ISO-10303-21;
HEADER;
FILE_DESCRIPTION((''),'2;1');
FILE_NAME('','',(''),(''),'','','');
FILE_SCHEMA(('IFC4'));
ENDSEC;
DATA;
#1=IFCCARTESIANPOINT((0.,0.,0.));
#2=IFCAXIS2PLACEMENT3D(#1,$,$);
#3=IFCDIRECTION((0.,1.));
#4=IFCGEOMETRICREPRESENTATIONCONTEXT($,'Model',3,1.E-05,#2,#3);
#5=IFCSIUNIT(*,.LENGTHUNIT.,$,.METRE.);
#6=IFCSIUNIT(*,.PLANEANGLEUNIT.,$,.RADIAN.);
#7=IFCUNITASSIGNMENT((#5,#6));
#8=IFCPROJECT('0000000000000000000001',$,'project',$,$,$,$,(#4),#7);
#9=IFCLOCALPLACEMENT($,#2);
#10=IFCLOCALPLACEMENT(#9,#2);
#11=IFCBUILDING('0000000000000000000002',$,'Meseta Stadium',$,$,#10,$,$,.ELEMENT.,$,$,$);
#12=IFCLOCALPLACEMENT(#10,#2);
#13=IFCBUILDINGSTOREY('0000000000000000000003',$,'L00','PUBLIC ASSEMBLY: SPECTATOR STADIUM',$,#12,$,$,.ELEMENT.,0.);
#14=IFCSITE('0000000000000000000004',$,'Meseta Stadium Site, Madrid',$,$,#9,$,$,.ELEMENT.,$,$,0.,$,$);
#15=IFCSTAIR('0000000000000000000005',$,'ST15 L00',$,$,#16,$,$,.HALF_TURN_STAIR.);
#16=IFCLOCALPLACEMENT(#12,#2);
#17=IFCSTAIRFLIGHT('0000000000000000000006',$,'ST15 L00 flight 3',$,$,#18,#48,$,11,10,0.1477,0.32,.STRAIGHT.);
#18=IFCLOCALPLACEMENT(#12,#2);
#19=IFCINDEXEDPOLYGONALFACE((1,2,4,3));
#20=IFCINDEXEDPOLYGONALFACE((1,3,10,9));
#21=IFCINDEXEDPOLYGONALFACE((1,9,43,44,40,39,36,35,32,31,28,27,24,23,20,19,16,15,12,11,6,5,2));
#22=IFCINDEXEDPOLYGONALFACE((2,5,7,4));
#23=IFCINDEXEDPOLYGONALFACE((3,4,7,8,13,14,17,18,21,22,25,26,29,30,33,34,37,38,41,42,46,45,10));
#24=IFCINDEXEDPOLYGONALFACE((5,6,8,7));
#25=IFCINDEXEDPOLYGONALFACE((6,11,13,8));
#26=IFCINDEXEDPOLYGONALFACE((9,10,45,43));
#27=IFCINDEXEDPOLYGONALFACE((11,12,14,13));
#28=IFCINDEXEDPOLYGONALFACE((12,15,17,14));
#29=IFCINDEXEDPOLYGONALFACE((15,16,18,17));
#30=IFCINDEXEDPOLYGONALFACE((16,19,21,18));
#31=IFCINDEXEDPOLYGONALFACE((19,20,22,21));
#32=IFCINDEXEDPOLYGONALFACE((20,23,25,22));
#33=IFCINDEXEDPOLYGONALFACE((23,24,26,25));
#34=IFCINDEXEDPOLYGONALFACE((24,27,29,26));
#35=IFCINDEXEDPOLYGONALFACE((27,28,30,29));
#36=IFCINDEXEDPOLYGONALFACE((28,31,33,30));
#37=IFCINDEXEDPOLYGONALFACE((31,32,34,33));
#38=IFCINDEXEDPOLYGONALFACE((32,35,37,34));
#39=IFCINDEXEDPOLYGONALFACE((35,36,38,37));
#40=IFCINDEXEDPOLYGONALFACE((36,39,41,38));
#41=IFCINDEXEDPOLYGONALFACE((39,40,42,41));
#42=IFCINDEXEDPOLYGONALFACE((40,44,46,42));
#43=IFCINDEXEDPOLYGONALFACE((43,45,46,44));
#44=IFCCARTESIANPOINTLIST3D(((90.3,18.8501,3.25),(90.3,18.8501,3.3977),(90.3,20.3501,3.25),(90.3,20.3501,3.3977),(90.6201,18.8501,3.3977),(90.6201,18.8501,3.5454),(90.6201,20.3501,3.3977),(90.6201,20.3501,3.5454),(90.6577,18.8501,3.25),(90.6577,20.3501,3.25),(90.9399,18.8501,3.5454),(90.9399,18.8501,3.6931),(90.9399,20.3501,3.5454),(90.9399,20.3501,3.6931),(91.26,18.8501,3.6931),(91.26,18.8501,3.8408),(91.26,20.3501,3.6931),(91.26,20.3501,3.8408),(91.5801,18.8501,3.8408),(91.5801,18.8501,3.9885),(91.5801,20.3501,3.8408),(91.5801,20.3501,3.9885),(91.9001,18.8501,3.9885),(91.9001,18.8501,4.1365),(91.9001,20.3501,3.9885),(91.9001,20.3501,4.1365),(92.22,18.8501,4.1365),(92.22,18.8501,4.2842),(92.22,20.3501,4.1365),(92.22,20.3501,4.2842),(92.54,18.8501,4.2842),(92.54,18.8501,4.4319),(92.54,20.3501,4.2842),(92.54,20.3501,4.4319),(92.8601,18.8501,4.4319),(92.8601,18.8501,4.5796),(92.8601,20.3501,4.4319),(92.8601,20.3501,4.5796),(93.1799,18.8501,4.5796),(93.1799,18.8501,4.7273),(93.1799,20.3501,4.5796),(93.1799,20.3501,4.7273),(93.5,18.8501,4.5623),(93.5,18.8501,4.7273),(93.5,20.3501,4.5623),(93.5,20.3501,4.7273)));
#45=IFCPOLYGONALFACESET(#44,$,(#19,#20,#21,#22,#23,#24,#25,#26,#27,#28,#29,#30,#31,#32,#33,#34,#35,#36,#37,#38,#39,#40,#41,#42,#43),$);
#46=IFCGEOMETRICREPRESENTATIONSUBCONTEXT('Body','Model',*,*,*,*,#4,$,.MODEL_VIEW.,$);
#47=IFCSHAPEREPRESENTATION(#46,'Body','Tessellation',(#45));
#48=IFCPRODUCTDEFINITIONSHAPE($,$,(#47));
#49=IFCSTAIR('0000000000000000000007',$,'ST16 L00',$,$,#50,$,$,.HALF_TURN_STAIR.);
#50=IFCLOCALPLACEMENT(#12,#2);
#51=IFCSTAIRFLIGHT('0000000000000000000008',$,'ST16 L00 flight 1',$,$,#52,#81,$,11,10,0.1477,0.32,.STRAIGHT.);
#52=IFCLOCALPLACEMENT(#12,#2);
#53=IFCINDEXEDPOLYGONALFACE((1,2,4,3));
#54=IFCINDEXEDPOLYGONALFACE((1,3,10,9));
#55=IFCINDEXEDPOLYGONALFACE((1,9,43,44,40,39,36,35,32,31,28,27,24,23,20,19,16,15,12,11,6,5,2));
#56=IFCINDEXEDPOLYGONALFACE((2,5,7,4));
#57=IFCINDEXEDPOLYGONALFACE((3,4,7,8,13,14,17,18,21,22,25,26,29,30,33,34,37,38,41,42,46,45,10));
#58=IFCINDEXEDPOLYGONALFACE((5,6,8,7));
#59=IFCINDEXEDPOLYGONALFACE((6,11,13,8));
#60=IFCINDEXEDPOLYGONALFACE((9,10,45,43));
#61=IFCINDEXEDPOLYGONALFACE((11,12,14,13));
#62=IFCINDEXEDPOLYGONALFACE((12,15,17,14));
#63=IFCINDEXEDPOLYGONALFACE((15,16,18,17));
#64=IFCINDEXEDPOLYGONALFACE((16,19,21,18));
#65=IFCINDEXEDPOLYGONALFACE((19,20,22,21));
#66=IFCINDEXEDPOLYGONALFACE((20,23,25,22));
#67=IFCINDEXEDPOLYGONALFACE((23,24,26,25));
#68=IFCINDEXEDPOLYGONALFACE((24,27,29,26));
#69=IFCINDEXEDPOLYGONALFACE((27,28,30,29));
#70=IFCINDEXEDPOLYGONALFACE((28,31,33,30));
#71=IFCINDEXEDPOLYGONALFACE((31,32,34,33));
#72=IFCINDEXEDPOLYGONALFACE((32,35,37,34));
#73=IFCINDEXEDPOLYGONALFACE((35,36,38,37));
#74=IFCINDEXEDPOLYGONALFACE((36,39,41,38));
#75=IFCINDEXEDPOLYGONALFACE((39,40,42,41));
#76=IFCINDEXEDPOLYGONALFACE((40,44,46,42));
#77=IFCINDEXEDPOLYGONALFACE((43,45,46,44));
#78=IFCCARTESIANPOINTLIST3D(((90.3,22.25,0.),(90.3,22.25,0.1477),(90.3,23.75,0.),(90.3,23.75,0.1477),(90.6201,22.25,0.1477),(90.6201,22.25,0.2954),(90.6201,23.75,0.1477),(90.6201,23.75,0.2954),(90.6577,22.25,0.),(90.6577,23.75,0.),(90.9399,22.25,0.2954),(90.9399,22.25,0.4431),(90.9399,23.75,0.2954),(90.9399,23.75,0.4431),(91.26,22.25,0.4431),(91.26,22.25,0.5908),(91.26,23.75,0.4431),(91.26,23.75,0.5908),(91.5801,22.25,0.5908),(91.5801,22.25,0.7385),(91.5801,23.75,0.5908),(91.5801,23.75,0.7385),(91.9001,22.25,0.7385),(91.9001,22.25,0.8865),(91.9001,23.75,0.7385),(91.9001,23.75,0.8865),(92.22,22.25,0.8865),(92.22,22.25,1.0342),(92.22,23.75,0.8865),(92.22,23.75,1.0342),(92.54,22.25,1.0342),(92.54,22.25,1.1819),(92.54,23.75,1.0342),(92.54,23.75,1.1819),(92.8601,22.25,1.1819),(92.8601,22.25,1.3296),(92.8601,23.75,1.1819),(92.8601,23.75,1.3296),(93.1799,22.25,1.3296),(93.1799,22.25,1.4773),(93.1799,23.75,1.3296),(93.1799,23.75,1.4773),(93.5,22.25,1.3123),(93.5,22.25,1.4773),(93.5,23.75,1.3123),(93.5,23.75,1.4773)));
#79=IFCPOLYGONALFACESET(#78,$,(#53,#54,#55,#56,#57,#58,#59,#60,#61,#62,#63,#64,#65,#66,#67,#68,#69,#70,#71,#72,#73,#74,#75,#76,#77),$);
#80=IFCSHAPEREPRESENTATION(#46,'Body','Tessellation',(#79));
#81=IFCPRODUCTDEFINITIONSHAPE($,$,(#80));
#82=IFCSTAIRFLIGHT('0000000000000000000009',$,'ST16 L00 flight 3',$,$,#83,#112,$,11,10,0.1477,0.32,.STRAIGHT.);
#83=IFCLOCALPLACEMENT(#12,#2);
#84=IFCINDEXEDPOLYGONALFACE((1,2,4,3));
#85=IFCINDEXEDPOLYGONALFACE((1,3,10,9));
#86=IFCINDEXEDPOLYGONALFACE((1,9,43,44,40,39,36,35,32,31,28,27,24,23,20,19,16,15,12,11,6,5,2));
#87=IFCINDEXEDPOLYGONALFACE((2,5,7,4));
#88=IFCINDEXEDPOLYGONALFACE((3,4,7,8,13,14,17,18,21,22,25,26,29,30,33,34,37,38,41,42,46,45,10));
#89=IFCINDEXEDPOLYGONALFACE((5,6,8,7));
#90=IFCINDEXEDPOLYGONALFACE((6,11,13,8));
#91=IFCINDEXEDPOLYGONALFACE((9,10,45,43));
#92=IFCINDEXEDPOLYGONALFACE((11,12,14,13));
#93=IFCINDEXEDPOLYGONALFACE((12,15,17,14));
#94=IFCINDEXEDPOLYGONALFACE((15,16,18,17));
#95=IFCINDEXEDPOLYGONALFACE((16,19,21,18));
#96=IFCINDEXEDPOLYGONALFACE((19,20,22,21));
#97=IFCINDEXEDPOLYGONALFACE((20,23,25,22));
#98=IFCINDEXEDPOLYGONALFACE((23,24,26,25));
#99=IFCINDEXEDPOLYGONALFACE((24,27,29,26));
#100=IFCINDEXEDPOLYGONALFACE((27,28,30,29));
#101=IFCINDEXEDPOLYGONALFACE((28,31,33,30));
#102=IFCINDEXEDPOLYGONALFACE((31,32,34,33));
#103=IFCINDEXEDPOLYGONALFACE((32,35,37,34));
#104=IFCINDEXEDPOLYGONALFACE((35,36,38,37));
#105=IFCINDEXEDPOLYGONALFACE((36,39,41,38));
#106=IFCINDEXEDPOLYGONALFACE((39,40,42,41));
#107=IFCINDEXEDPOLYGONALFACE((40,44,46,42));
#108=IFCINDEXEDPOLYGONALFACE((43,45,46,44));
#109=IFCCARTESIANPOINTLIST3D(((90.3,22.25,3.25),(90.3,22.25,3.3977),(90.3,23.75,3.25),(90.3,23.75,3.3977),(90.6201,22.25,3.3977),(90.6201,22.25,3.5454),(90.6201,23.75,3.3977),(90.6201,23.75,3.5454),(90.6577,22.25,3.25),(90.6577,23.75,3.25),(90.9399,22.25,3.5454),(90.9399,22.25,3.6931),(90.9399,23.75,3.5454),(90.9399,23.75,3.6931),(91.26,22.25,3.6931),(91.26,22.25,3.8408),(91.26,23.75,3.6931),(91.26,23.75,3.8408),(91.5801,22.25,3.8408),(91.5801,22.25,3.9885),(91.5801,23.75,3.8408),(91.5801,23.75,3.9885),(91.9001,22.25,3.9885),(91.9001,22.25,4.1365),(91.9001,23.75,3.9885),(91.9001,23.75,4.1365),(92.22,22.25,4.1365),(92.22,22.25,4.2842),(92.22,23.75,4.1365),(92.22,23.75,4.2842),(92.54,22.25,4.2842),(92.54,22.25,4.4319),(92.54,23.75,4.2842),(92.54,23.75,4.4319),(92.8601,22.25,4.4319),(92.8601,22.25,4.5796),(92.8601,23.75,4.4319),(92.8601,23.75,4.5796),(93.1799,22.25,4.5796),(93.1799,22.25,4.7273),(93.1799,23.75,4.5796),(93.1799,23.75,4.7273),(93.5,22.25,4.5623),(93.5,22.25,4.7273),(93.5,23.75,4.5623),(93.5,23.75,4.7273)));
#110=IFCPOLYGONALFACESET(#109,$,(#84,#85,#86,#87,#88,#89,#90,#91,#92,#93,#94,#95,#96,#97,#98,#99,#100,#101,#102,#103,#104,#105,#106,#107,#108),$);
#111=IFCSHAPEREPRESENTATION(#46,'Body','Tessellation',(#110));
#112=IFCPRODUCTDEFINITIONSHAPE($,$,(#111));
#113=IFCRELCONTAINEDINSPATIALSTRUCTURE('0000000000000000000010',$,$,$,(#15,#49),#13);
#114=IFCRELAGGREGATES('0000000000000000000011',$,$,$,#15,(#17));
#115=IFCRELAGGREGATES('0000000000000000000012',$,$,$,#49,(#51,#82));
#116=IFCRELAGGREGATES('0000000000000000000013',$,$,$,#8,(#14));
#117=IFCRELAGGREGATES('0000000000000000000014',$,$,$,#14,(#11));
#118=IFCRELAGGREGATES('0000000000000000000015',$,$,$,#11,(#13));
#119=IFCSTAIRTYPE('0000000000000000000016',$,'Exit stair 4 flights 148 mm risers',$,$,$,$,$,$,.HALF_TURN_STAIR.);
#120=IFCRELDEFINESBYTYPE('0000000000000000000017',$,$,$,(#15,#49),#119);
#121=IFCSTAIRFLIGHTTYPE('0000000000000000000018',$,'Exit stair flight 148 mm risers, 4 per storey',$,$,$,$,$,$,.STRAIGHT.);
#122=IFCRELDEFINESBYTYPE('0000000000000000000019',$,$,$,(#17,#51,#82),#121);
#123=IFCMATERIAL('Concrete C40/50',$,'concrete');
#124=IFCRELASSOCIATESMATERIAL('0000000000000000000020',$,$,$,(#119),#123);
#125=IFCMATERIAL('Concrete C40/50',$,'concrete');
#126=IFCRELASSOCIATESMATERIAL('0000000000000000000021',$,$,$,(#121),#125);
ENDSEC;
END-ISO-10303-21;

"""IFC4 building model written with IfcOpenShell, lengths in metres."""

from ifc_helpers import new_model, si_unit, direction, frame, origin, place, context, subcontext, project, spatial, polyline, outline, extrude, material, type_object, element, aggregate, save


model = new_model("IFC4")

# Units and contexts
model_context = context("Model", 3, precision=1e-05, world=origin(), true_north=direction((0.0, 1.0)))
body_context = subcontext(model_context, "Body", "Model", "MODEL_VIEW")
ifc_project = project(units=[si_unit("LENGTHUNIT", "METRE"), si_unit("PLANEANGLEUNIT", "RADIAN")], contexts=[model_context])

# Site, building, storey
site_placement = place(None, origin())
site = spatial("IfcSite", under=ifc_project, at=site_placement, Name="Meseta Stadium Site, Madrid", CompositionType="ELEMENT", RefElevation=0.0)
building_placement = place(site_placement, origin())
building = spatial("IfcBuilding", under=site, at=building_placement, Name="Meseta Stadium", CompositionType="ELEMENT")
storey_placement = place(building_placement, origin())
storey = spatial("IfcBuildingStorey", under=building, at=storey_placement, Name="L00", Description="PUBLIC ASSEMBLY: SPECTATOR STADIUM", CompositionType="ELEMENT", Elevation=0.0)

# Stairs, stair flights
ifc_material_1 = material(Name="Concrete C40/50", Category="concrete")
stair_type = type_object("IfcStairType", Name="Exit stair 4 flights 148 mm risers", PredefinedType="HALF_TURN_STAIR", material=ifc_material_1)
stair_1_placement = place(storey_placement, origin())
stair_1 = element("IfcStair", 1, at=stair_1_placement, inside=storey, type_object=stair_type, Name="ST15 L00", PredefinedType="HALF_TURN_STAIR")
ifc_material_2 = material(Name="Concrete C40/50", Category="concrete")
stair_flight_type = type_object("IfcStairFlightType", Name="Exit stair flight 148 mm risers, 4 per storey", PredefinedType="STRAIGHT", material=ifc_material_2)
stair_flight_1_placement = place(storey_placement, frame((90.3, 19.6001, 3.25), z_axis=(0.0, 0.0, 1.0), x_axis=(1.0, 0.0, 0.0)))
stair_flight_1 = element("IfcStairFlight", 2, at=stair_flight_1_placement, type_object=stair_flight_type, Name="ST15 L00 flight 3", NumberOfRisers=11, NumberOfTreads=10, PredefinedType="STRAIGHT", RiserHeight=0.1477, TreadLength=0.32, context=body_context, shape_type="SweptSolid", body=[
    extrude(outline(polyline([(0.0, 0.0), (0.0, 0.1477), (0.3201, 0.1477), (0.3201, 0.2954), (0.6399, 0.2954), (0.6399, 0.4431), (0.96, 0.4431), (0.96, 0.5908), (1.28, 0.5908), (1.28, 0.7385), (1.6001, 0.7385), (1.6001, 0.8865), (1.9199, 0.8865), (1.9199, 1.0342), (2.24, 1.0342), (2.24, 1.1819), (2.5601, 1.1819), (2.5601, 1.3296), (2.8799, 1.3296), (2.8799, 1.4773), (3.2, 1.4773), (3.2, 1.3123), (0.3577, 0.0), (0.0, 0.0)])), frame((0.0, 0.75, 0.0), z_axis=(0.0, -1.0, 0.0), x_axis=(1.0, 0.0, 0.0)), (0.0, 0.0, 1.0), 1.5),
])
aggregate(stair_1, [stair_flight_1])
stair_2_placement = place(storey_placement, origin())
stair_2 = element("IfcStair", 3, at=stair_2_placement, inside=storey, type_object=stair_type, Name="ST16 L00", PredefinedType="HALF_TURN_STAIR")
stair_flight_2_placement = place(storey_placement, frame((90.3, 23.0, 0.0), z_axis=(0.0, 0.0, 1.0), x_axis=(1.0, 0.0, 0.0)))
stair_flight_2 = element("IfcStairFlight", 4, at=stair_flight_2_placement, type_object=stair_flight_type, Name="ST16 L00 flight 1", NumberOfRisers=11, NumberOfTreads=10, PredefinedType="STRAIGHT", RiserHeight=0.1477, TreadLength=0.32, context=body_context, shape_type="SweptSolid", body=[
    extrude(outline(polyline([(0.0, 0.0), (0.0, 0.1477), (0.3201, 0.1477), (0.3201, 0.2954), (0.6399, 0.2954), (0.6399, 0.4431), (0.96, 0.4431), (0.96, 0.5908), (1.28, 0.5908), (1.28, 0.7385), (1.6001, 0.7385), (1.6001, 0.8865), (1.9199, 0.8865), (1.9199, 1.0342), (2.24, 1.0342), (2.24, 1.1819), (2.5601, 1.1819), (2.5601, 1.3296), (2.8799, 1.3296), (2.8799, 1.4773), (3.2, 1.4773), (3.2, 1.3123), (0.3577, 0.0), (0.0, 0.0)])), frame((0.0, 0.75, 0.0), z_axis=(0.0, -1.0, 0.0), x_axis=(1.0, 0.0, 0.0)), (0.0, 0.0, 1.0), 1.5),
])
stair_flight_3_placement = place(storey_placement, frame((90.3, 23.0, 3.25), z_axis=(0.0, 0.0, 1.0), x_axis=(1.0, 0.0, 0.0)))
stair_flight_3 = element("IfcStairFlight", 5, at=stair_flight_3_placement, type_object=stair_flight_type, Name="ST16 L00 flight 3", NumberOfRisers=11, NumberOfTreads=10, PredefinedType="STRAIGHT", RiserHeight=0.1477, TreadLength=0.32, context=body_context, shape_type="SweptSolid", body=[
    extrude(outline(polyline([(0.0, 0.0), (0.0, 0.1477), (0.3201, 0.1477), (0.3201, 0.2954), (0.6399, 0.2954), (0.6399, 0.4431), (0.96, 0.4431), (0.96, 0.5908), (1.28, 0.5908), (1.28, 0.7385), (1.6001, 0.7385), (1.6001, 0.8865), (1.9199, 0.8865), (1.9199, 1.0342), (2.24, 1.0342), (2.24, 1.1819), (2.5601, 1.1819), (2.5601, 1.3296), (2.8799, 1.3296), (2.8799, 1.4773), (3.2, 1.4773), (3.2, 1.3123), (0.3577, 0.0), (0.0, 0.0)])), frame((0.0, 0.75, 0.0), z_axis=(0.0, -1.0, 0.0), x_axis=(1.0, 0.0, 0.0)), (0.0, 0.0, 1.0), 1.5),
])
aggregate(stair_2, [stair_flight_2, stair_flight_3])

save(model, "model.ifc")
